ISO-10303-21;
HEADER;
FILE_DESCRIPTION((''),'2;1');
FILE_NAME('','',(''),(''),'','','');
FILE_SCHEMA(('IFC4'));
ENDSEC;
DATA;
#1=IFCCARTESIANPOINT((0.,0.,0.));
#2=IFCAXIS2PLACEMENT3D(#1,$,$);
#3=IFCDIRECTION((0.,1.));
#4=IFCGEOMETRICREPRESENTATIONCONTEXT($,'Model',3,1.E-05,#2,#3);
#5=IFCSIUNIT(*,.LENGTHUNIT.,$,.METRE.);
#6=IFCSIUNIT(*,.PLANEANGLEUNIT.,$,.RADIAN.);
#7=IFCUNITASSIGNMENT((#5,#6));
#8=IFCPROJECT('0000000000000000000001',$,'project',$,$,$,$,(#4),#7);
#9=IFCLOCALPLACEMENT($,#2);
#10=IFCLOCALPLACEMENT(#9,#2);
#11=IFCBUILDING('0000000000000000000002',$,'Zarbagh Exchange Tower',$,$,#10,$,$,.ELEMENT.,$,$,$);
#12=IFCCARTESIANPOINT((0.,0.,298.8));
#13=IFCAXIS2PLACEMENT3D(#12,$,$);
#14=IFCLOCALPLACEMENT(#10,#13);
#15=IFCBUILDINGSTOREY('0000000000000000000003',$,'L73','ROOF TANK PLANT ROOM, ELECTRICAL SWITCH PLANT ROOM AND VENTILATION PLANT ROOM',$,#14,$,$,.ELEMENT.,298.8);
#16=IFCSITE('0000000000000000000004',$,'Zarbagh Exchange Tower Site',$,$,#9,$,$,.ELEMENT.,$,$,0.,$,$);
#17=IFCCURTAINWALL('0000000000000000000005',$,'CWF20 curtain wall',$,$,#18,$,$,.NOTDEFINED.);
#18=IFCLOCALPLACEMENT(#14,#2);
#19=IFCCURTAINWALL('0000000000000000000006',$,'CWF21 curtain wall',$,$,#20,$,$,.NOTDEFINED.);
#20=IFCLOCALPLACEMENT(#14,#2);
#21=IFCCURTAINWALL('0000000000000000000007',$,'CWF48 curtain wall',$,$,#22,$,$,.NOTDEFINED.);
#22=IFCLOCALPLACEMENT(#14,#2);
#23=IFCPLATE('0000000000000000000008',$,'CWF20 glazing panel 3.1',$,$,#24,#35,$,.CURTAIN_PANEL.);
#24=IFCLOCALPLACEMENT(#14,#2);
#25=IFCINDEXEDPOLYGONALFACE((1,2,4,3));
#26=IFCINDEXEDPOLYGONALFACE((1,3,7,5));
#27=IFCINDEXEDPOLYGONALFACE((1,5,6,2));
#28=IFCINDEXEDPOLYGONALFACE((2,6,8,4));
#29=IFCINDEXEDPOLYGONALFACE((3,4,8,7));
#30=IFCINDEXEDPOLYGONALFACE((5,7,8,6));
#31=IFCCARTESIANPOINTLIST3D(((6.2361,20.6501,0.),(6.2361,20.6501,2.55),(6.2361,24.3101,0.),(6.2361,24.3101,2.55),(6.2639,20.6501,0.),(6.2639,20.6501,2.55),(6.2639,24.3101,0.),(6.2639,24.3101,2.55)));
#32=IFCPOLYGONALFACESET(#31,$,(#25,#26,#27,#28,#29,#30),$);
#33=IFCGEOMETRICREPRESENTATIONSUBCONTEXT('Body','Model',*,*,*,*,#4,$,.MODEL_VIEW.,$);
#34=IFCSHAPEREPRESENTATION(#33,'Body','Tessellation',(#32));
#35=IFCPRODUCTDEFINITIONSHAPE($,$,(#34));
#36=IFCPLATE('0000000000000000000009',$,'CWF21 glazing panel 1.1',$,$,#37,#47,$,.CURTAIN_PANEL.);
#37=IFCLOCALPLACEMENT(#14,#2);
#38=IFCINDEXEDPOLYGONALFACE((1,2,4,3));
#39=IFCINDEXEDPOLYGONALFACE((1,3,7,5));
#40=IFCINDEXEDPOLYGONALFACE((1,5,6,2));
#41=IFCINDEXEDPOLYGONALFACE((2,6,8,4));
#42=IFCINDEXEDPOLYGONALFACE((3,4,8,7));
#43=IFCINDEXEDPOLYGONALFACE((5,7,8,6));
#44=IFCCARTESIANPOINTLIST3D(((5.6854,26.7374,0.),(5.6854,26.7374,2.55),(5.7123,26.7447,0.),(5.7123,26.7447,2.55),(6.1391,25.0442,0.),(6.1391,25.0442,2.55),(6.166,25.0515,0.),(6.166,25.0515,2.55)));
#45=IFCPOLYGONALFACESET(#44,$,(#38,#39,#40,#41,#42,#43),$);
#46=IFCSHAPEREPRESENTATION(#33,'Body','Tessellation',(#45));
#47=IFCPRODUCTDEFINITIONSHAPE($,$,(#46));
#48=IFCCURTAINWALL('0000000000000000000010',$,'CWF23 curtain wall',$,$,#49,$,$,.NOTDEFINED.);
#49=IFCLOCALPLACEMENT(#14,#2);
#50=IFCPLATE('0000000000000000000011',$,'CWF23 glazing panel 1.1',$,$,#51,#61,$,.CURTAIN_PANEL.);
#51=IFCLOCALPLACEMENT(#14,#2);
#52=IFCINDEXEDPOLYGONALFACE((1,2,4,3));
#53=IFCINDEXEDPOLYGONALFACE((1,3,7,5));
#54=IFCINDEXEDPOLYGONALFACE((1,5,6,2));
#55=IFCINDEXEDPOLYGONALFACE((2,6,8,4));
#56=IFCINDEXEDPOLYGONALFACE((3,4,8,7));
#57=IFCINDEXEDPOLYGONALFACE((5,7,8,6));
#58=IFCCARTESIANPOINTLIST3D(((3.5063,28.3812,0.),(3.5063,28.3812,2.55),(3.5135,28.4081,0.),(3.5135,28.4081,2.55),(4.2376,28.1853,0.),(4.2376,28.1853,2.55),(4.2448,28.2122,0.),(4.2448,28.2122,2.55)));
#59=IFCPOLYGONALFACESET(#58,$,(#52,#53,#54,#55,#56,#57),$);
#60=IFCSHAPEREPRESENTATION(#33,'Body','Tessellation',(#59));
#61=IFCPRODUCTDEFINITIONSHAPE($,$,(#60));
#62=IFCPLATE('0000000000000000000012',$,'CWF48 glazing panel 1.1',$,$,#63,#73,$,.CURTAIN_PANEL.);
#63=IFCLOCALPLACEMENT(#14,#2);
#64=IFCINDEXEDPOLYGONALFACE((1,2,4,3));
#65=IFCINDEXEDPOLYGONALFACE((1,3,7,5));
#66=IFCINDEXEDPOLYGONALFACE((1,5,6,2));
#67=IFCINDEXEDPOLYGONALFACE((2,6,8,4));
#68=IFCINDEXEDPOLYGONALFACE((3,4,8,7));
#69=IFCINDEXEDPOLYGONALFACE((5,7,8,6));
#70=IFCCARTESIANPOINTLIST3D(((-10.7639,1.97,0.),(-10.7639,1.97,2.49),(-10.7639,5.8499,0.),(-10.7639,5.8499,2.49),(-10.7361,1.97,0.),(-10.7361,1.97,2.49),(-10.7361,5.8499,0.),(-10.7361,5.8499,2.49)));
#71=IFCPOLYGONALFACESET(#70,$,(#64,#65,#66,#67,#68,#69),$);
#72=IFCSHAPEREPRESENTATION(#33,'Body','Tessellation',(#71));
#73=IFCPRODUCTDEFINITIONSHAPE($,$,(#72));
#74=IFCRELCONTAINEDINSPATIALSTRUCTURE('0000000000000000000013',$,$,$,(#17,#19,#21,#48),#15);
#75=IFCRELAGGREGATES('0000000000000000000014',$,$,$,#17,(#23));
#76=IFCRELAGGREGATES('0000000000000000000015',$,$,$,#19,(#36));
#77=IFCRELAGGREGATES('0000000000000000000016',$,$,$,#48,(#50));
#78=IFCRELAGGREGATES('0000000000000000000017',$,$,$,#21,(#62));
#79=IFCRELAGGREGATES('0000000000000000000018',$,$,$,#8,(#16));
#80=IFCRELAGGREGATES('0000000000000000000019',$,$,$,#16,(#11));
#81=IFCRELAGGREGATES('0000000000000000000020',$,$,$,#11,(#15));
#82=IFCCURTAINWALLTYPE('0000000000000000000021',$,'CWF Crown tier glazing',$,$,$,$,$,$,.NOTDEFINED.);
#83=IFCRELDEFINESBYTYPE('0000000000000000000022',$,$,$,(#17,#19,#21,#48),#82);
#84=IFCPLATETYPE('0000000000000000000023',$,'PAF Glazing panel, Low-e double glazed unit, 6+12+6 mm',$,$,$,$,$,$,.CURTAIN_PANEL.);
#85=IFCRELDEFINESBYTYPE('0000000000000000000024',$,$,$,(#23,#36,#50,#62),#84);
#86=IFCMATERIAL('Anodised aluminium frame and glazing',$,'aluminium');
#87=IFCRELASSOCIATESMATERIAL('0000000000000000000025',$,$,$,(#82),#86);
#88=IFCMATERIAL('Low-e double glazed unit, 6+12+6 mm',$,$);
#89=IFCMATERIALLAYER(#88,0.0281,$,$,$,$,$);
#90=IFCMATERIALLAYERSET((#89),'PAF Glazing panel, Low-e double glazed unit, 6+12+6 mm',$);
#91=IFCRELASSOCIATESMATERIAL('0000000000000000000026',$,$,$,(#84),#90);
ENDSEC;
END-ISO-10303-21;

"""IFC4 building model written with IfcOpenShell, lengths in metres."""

from ifc_helpers import new_model, si_unit, direction, frame, origin, place, context, subcontext, project, spatial, polyline, outline, extrude, source, transform, mapped, material, layer, layer_set, type_object, element, aggregate, save


model = new_model("IFC4")

# Units and contexts
model_context = context("Model", 3, precision=1e-05, world=origin(), true_north=direction((0.0, 1.0)))
body_context = subcontext(model_context, "Body", "Model", "MODEL_VIEW")
ifc_project = project(units=[si_unit("LENGTHUNIT", "METRE"), si_unit("PLANEANGLEUNIT", "RADIAN")], contexts=[model_context])

# Site, building, storey
site_placement = place(None, origin())
site = spatial("IfcSite", under=ifc_project, at=site_placement, Name="Zarbagh Exchange Tower Site", CompositionType="ELEMENT", RefElevation=0.0)
building_placement = place(site_placement, origin())
building = spatial("IfcBuilding", under=site, at=building_placement, Name="Zarbagh Exchange Tower", CompositionType="ELEMENT")
storey_placement = place(building_placement, frame((0.0, 0.0, 298.8)))
storey = spatial("IfcBuildingStorey", under=building, at=storey_placement, Name="L73", Description="ROOF TANK PLANT ROOM, ELECTRICAL SWITCH PLANT ROOM AND VENTILATION PLANT ROOM", CompositionType="ELEMENT", Elevation=298.8)

# Curtain wall
ifc_material_1 = material(Name="Anodised aluminium frame and glazing", Category="aluminium")
curtain_wall_type = type_object("IfcCurtainWallType", Name="CWF Crown tier glazing", PredefinedType="NOTDEFINED", material=ifc_material_1)
curtain_wall_1_placement = place(storey_placement, origin())
curtain_wall_1 = element("IfcCurtainWall", 1, at=curtain_wall_1_placement, inside=storey, type_object=curtain_wall_type, Name="CWF20 curtain wall", PredefinedType="NOTDEFINED")
placement = place(storey_placement, origin())

# Curtain wall
curtain_wall_2_placement = place(storey_placement, origin())
curtain_wall_2 = element("IfcCurtainWall", 2, at=curtain_wall_2_placement, inside=storey, type_object=curtain_wall_type, Name="CWF21 curtain wall", PredefinedType="NOTDEFINED")

# Curtain wall
curtain_wall_3_placement = place(storey_placement, origin())
curtain_wall_3 = element("IfcCurtainWall", 3, at=curtain_wall_3_placement, inside=storey, type_object=curtain_wall_type, Name="CWF48 curtain wall", PredefinedType="NOTDEFINED")

# Shared definitions
ifc_material_2 = material(Name="Low-e double glazed unit, 6+12+6 mm")
ifc_layer = layer(ifc_material_2, 0.0281)
ifc_layer_set = layer_set([ifc_layer], Name="PAF Glazing panel, Low-e double glazed unit, 6+12+6 mm")
plate_type = type_object("IfcPlateType", Name="PAF Glazing panel, Low-e double glazed unit, 6+12+6 mm", PredefinedType="CURTAIN_PANEL", material=ifc_layer_set)

# Plates
shared_shape_1 = source(origin(), body_context, "Body", "SweptSolid", [
    extrude(outline(polyline([(0.0, -0.0139), (3.6599, -0.0139), (3.6599, 0.0139), (0.0, 0.0139), (0.0, -0.0139)])), origin(), (0.0, 0.0, 1.0), 2.55),
])
plate_1 = element("IfcPlate", 4, at=placement, type_object=plate_type, Name="CWF20 glazing panel 3.1", PredefinedType="CURTAIN_PANEL", context=body_context, shape_type="MappedRepresentation", body=[
    mapped(shared_shape_1, transform((6.25, 20.6501, 0.0), x_axis=(0.0, 1.0, 0.0), y_axis=(-1.0, 0.0, 0.0), z_axis=(0.0, 0.0, 1.0))),
])
aggregate(curtain_wall_1, [plate_1])
shared_shape_2 = source(origin(), body_context, "Body", "SweptSolid", [
    extrude(outline(polyline([(0.0, -0.0139), (1.7529, -0.0139), (1.7529, 0.0139), (0.0, 0.0139), (0.0, -0.0139)])), origin(), (0.0, 0.0, 1.0), 2.55),
])
plate_2 = element("IfcPlate", 5, at=placement, type_object=plate_type, Name="CWF21 glazing panel 1.1", PredefinedType="CURTAIN_PANEL", context=body_context, shape_type="MappedRepresentation", body=[
    mapped(shared_shape_2, transform((6.1526, 25.0479, 0.0), x_axis=(-0.258825, 0.965924, 0.0), y_axis=(-0.965924, -0.258825, 0.0), z_axis=(0.0, 0.0, 1.0))),
])
aggregate(curtain_wall_2, [plate_2])

# Curtain wall, plate
curtain_wall_4_placement = place(storey_placement, origin())
curtain_wall_4 = element("IfcCurtainWall", 6, at=curtain_wall_4_placement, inside=storey, type_object=curtain_wall_type, Name="CWF23 curtain wall", PredefinedType="NOTDEFINED")
shared_shape_3 = source(origin(), body_context, "Body", "SweptSolid", [
    extrude(outline(polyline([(0.0, -0.0139), (0.7571, -0.0139), (0.7571, 0.0139), (0.0, 0.0139), (0.0, -0.0139)])), origin(), (0.0, 0.0, 1.0), 2.55),
])
plate_3 = element("IfcPlate", 7, at=placement, type_object=plate_type, Name="CWF23 glazing panel 1.1", PredefinedType="CURTAIN_PANEL", context=body_context, shape_type="MappedRepresentation", body=[
    mapped(shared_shape_3, transform((4.2412, 28.1987, 0.0), x_axis=(-0.965924, 0.258825, 0.0), y_axis=(-0.258825, -0.965924, 0.0), z_axis=(0.0, 0.0, 1.0))),
])
aggregate(curtain_wall_4, [plate_3])

# Plate
shared_shape_4 = source(origin(), body_context, "Body", "SweptSolid", [
    extrude(outline(polyline([(0.0, -0.0139), (3.8799, -0.0139), (3.8799, 0.0139), (0.0, 0.0139), (0.0, -0.0139)])), origin(), (0.0, 0.0, 1.0), 2.49),
])
plate_4 = element("IfcPlate", 8, at=placement, type_object=plate_type, Name="CWF48 glazing panel 1.1", PredefinedType="CURTAIN_PANEL", context=body_context, shape_type="MappedRepresentation", body=[
    mapped(shared_shape_4, transform((-10.75, 5.8499, 0.0), x_axis=(0.0, -1.0, 0.0), y_axis=(1.0, 0.0, 0.0), z_axis=(0.0, 0.0, 1.0))),
])
aggregate(curtain_wall_3, [plate_4])

save(model, "model.ifc")
